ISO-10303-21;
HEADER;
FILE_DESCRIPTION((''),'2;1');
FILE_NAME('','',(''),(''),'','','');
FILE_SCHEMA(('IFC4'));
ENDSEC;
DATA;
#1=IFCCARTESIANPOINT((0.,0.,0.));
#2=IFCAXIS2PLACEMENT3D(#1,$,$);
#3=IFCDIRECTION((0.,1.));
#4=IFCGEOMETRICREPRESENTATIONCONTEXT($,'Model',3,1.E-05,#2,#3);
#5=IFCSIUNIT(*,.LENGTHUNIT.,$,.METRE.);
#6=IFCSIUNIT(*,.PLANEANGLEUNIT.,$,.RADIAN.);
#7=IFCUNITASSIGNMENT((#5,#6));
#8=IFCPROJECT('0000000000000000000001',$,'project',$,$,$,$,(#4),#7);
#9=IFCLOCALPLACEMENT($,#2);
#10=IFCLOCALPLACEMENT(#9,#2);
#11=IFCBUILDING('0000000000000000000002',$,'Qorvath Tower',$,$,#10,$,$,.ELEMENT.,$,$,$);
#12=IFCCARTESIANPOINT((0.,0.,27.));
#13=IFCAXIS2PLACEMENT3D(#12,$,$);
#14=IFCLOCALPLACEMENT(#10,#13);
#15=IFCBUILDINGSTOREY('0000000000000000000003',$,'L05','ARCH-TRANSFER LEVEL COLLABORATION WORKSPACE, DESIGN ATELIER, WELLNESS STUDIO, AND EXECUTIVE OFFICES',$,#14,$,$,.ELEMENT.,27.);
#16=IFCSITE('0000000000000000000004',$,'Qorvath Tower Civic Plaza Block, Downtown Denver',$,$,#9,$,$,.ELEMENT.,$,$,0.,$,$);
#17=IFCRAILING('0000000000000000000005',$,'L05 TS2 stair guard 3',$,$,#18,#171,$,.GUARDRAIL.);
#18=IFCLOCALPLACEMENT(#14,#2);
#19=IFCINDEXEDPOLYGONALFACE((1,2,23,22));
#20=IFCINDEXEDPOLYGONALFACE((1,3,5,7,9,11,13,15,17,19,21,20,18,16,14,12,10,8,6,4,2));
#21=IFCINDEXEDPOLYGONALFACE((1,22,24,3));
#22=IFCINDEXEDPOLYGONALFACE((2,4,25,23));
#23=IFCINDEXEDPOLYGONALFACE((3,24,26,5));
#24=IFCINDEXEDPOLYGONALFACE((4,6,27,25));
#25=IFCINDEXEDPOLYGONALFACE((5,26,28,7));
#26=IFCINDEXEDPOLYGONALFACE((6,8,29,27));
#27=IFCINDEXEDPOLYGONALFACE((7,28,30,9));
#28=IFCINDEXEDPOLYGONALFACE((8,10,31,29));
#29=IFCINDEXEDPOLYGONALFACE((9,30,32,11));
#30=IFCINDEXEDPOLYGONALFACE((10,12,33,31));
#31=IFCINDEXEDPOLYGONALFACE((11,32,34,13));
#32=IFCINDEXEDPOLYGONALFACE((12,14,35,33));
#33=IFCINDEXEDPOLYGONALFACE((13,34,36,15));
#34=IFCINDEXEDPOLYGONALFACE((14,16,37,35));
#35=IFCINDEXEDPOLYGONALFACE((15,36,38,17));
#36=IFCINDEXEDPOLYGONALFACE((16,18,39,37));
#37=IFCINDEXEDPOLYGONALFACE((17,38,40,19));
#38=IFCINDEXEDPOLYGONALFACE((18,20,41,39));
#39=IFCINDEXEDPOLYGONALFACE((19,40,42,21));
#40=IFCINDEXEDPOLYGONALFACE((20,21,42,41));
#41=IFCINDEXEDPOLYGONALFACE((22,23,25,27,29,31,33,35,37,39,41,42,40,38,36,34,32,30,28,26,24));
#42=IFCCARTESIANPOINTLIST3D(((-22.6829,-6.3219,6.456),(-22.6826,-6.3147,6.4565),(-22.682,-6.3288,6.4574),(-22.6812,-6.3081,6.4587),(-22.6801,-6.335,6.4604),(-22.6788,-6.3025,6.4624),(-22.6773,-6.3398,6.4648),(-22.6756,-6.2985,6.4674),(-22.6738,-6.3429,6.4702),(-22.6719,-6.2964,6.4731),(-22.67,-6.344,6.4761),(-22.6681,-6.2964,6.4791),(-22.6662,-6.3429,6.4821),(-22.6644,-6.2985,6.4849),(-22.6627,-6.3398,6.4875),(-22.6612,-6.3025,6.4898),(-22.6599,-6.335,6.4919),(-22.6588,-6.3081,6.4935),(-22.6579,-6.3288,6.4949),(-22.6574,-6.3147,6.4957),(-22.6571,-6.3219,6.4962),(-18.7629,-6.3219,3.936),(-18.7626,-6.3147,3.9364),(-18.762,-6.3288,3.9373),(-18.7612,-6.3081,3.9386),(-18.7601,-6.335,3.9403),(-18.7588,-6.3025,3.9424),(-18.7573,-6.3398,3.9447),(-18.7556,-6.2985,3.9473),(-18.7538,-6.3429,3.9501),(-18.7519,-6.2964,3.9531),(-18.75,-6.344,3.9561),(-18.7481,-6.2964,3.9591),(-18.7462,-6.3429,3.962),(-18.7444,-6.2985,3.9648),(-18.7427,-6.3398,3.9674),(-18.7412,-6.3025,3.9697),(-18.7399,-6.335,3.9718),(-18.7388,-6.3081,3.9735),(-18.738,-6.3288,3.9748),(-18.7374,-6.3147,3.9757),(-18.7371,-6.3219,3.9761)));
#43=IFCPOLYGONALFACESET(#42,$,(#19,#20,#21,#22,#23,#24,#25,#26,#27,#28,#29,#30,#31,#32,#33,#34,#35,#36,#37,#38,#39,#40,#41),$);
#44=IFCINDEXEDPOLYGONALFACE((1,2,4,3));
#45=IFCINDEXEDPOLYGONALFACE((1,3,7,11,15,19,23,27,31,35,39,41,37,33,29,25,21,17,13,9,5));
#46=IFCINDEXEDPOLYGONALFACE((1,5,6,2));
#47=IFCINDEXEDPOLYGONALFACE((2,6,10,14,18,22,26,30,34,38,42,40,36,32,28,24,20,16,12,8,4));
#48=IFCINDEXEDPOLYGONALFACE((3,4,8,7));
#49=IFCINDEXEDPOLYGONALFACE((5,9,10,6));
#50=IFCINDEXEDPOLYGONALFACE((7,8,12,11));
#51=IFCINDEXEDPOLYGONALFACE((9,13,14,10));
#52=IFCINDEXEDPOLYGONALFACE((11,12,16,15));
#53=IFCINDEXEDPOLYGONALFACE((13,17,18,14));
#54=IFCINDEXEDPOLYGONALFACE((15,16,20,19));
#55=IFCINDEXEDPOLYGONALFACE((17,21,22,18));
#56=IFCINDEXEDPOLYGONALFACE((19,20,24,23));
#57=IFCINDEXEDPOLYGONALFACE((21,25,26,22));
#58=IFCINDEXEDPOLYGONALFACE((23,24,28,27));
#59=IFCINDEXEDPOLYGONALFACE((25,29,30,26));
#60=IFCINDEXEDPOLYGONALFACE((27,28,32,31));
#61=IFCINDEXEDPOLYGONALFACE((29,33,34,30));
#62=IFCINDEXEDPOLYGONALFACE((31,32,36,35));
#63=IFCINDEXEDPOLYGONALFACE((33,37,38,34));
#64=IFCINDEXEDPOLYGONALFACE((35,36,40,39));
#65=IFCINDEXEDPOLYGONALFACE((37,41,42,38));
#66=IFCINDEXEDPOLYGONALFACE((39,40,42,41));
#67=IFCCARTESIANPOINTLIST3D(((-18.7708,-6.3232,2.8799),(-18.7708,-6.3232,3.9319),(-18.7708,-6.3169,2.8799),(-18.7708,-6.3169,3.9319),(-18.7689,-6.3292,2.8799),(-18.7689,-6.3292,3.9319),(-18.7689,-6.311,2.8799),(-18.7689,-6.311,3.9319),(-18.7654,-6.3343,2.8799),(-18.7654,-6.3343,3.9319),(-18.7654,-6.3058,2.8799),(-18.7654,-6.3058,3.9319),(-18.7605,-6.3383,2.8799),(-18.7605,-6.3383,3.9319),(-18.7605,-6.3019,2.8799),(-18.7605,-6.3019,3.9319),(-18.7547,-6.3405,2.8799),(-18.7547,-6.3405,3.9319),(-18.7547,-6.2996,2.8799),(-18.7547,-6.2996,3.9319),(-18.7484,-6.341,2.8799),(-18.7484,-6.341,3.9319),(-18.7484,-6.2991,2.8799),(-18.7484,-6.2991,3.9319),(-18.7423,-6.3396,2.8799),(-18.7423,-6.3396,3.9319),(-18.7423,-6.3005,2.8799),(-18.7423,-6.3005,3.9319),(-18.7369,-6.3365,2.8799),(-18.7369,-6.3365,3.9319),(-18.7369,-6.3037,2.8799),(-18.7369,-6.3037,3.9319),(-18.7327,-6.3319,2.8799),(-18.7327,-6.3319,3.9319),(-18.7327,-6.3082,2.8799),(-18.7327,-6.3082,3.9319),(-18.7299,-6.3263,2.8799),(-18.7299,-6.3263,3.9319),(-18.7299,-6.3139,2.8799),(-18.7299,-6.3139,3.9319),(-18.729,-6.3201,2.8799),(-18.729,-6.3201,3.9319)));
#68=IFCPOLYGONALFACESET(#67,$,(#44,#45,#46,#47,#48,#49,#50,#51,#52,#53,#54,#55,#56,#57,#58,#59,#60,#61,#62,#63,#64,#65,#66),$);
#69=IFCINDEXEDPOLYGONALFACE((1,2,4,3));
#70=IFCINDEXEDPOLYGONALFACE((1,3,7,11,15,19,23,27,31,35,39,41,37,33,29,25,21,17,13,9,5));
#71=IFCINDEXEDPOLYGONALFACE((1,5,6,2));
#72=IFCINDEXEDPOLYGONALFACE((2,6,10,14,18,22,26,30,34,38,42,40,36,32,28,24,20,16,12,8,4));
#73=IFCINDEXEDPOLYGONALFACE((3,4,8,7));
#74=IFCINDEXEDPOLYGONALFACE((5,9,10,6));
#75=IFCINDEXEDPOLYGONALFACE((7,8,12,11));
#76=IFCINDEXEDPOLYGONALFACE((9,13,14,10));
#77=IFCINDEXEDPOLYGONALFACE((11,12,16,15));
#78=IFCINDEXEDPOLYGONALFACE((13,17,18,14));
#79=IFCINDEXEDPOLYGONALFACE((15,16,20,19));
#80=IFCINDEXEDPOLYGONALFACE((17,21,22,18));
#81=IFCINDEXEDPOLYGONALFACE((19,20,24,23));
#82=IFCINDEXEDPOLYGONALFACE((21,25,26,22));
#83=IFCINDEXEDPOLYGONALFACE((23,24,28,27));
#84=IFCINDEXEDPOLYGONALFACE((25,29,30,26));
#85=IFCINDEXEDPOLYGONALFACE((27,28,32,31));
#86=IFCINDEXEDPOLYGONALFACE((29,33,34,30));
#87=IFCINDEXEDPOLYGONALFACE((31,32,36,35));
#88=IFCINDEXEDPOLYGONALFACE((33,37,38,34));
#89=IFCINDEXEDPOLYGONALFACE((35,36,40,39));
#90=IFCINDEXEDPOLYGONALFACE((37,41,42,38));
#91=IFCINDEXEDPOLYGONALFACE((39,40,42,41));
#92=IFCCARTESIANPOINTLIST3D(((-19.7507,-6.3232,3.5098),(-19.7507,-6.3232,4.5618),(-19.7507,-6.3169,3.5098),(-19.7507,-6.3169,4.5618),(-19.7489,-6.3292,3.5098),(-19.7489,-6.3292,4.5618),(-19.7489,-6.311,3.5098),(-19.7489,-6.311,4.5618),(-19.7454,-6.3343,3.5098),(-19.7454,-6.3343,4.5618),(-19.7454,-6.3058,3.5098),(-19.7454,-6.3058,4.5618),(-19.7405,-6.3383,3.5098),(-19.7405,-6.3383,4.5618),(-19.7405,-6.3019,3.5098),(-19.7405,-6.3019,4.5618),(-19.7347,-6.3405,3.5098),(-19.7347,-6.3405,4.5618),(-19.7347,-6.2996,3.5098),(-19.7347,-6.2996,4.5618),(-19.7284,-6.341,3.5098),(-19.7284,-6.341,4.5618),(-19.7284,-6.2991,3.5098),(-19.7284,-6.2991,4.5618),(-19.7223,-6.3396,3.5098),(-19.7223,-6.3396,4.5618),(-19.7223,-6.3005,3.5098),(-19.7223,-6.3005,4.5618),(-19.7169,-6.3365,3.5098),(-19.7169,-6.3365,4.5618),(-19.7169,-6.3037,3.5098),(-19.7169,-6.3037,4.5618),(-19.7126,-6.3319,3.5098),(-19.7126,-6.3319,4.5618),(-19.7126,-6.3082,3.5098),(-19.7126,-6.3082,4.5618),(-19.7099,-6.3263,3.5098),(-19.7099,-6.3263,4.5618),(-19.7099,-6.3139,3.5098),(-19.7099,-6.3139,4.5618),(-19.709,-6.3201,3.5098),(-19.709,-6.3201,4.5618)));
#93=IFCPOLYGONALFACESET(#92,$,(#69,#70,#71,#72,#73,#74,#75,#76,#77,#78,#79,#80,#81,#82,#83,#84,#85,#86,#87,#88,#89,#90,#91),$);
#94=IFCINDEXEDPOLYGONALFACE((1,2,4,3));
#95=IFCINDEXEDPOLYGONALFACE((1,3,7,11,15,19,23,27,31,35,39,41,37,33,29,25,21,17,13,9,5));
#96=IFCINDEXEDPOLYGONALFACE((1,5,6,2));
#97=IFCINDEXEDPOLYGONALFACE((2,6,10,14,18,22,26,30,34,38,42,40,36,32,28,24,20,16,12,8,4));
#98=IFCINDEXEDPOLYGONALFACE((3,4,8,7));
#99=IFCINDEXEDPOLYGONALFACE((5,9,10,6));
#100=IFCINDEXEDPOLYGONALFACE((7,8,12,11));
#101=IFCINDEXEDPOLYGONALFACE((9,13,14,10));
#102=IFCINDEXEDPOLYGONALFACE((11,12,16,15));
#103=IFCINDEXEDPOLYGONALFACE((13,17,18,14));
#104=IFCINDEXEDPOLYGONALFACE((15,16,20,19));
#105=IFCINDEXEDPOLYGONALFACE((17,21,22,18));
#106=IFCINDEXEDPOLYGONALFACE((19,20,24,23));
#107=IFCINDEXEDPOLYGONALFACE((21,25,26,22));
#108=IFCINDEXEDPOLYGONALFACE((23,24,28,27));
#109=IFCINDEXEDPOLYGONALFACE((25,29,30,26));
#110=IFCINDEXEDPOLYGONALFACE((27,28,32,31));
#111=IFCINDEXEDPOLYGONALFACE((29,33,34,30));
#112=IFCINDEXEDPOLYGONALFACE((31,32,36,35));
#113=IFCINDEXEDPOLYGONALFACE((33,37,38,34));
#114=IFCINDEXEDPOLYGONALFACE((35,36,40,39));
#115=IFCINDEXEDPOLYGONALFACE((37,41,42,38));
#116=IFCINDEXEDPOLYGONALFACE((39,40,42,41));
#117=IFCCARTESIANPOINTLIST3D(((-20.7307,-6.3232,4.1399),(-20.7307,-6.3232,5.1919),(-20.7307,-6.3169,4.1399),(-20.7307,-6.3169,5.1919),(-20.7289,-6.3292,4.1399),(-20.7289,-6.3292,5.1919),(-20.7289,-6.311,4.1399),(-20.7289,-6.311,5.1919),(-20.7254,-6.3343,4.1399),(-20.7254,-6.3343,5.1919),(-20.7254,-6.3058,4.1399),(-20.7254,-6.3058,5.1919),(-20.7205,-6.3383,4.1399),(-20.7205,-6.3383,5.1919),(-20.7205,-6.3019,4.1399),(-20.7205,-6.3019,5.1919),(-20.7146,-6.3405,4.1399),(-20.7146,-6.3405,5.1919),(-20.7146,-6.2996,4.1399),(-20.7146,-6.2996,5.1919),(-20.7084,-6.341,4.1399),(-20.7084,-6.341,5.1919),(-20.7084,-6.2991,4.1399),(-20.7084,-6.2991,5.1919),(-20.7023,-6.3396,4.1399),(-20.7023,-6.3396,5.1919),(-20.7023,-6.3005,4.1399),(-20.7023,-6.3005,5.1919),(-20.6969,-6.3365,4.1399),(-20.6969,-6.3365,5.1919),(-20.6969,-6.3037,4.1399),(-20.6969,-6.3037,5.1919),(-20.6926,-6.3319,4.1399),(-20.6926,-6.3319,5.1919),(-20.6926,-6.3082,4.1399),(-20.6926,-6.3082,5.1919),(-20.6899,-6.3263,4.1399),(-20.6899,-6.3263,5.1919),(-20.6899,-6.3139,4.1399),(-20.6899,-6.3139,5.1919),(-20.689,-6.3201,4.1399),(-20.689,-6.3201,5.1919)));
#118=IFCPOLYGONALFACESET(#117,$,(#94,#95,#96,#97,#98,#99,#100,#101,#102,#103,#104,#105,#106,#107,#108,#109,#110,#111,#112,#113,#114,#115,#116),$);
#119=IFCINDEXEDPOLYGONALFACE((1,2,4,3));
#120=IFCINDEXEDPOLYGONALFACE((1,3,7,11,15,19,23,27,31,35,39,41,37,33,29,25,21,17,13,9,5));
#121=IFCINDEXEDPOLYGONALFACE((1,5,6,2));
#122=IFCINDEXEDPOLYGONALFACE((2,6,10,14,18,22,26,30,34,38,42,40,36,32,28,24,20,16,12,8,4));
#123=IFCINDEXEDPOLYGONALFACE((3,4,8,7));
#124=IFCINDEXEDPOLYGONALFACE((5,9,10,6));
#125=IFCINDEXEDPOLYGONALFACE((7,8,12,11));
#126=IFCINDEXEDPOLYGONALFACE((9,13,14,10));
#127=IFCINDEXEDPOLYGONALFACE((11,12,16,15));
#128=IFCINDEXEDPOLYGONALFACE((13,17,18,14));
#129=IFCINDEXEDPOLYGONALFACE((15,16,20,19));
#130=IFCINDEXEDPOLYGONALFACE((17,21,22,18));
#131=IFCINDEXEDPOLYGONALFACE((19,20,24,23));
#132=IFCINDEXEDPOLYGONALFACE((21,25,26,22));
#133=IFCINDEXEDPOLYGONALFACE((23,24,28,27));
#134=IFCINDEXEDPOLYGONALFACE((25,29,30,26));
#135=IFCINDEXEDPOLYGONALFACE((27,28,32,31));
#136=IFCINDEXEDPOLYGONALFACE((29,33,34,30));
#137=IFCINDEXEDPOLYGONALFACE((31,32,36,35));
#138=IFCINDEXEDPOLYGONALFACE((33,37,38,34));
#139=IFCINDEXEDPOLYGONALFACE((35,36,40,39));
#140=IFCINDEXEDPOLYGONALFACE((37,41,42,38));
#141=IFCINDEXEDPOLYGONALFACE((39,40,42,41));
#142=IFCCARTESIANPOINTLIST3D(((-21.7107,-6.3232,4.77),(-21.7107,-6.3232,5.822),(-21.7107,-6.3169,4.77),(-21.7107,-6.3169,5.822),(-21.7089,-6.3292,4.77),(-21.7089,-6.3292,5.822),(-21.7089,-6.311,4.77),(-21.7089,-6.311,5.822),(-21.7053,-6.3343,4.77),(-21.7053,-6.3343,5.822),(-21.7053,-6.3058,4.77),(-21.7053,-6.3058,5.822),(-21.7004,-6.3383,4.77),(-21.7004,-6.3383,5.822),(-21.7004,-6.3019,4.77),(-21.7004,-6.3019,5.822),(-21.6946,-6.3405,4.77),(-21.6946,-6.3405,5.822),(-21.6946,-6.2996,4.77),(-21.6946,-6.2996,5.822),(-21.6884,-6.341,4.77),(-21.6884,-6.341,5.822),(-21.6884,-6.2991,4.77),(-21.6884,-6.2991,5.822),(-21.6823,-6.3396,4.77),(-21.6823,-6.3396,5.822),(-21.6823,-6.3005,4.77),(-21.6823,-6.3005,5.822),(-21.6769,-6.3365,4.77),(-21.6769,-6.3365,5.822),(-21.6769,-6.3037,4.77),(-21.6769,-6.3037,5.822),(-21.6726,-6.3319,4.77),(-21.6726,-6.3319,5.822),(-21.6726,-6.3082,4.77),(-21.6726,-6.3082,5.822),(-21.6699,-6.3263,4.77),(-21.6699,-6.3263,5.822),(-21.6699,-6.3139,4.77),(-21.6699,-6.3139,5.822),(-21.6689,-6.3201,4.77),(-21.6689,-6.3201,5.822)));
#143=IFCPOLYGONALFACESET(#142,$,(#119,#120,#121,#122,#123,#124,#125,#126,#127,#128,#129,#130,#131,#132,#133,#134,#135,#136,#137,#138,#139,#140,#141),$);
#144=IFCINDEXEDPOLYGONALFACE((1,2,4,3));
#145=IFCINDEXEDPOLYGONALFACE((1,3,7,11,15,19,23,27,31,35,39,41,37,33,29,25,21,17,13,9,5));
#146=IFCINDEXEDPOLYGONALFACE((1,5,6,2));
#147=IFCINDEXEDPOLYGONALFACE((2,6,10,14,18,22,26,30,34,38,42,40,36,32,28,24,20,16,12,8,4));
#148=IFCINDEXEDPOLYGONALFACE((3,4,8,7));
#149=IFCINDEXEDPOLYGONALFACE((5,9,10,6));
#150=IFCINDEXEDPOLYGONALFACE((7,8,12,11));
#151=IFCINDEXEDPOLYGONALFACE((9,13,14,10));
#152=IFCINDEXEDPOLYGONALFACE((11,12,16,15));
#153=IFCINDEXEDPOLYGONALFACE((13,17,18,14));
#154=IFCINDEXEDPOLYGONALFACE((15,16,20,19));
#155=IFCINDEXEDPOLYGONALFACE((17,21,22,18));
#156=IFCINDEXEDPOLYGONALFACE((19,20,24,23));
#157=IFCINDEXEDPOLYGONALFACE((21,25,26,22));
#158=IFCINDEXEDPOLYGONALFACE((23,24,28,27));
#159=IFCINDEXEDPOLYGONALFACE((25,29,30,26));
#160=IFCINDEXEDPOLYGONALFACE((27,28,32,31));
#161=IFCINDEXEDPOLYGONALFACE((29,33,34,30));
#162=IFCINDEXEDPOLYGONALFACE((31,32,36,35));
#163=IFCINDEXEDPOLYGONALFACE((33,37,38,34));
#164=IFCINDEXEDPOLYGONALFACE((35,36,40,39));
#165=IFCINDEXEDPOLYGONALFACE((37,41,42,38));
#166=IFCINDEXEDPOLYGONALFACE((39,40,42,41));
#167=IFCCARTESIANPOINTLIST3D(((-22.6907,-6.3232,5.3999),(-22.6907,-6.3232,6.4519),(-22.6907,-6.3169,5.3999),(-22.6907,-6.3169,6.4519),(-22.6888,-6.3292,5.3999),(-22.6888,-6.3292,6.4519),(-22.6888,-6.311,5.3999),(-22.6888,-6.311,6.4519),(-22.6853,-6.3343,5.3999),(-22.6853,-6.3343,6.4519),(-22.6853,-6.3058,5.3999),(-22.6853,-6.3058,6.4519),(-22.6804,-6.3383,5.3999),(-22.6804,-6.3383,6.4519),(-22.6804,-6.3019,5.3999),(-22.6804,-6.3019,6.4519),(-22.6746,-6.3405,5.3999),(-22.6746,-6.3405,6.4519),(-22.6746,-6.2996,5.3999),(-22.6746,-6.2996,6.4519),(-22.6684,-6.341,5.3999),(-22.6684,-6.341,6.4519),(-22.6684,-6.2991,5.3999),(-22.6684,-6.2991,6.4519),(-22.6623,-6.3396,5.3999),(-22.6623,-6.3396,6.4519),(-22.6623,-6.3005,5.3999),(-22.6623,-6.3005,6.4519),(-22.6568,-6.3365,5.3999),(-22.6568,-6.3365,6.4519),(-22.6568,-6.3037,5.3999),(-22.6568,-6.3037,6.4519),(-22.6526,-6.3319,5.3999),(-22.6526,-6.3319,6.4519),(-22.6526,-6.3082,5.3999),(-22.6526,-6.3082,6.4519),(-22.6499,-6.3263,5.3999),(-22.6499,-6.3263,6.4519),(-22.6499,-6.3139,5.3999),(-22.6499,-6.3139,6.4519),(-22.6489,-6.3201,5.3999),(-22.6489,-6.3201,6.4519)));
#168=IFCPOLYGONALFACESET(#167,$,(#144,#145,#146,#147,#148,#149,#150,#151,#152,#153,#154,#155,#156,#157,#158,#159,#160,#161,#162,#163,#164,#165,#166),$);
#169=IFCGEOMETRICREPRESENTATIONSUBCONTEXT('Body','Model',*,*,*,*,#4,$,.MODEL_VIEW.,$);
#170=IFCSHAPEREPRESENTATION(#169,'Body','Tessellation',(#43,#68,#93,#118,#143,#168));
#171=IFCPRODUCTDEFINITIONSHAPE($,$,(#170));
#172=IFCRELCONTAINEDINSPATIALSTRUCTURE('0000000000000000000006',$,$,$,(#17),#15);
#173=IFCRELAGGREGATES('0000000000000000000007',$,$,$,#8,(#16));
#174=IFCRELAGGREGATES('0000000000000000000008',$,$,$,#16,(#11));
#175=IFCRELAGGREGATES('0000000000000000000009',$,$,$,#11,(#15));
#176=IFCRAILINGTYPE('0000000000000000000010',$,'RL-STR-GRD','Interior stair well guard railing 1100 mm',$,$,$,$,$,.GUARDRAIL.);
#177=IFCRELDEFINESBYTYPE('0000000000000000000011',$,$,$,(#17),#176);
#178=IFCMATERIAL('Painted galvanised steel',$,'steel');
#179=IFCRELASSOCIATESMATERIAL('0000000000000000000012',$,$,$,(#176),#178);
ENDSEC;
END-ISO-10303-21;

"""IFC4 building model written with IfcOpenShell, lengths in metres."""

from ifc_helpers import new_model, si_unit, direction, frame, origin, origin_2d, place, context, subcontext, project, spatial, circle, extrude, material, type_object, element, save


model = new_model("IFC4")

# Units and contexts
model_context = context("Model", 3, precision=1e-05, world=origin(), true_north=direction((0.0, 1.0)))
body_context = subcontext(model_context, "Body", "Model", "MODEL_VIEW")
ifc_project = project(units=[si_unit("LENGTHUNIT", "METRE"), si_unit("PLANEANGLEUNIT", "RADIAN")], contexts=[model_context])

# Site, building, storey
site_placement = place(None, origin())
site = spatial("IfcSite", under=ifc_project, at=site_placement, Name="Qorvath Tower Civic Plaza Block, Downtown Denver", CompositionType="ELEMENT", RefElevation=0.0)
building_placement = place(site_placement, origin())
building = spatial("IfcBuilding", under=site, at=building_placement, Name="Qorvath Tower", CompositionType="ELEMENT")
storey_placement = place(building_placement, frame((0.0, 0.0, 27.0)))
storey = spatial("IfcBuildingStorey", under=building, at=storey_placement, Name="L05", Description="ARCH-TRANSFER LEVEL COLLABORATION WORKSPACE, DESIGN ATELIER, WELLNESS STUDIO, AND EXECUTIVE OFFICES", CompositionType="ELEMENT", Elevation=27.0)

# Railing
ifc_material_1 = material(Name="Painted galvanised steel", Category="steel")
railing_type_1 = type_object("IfcRailingType", Name="RL-STR-GRD", Description="Interior stair well guard railing 1100 mm", PredefinedType="GUARDRAIL", material=ifc_material_1)
railing_1_placement = place(storey_placement, frame((-18.75, -6.3201, 2.8799)))
element("IfcRailing", 1, at=railing_1_placement, inside=storey, type_object=railing_type_1, Name="L05 TS2 stair guard 3", PredefinedType="GUARDRAIL", context=body_context, shape_type="SweptSolid", body=[
    extrude(circle(Radius=0.0239, at=origin_2d()), frame((0.0, 0.0, 1.0762), z_axis=(-0.841172, 0.0, 0.540768), x_axis=(0.0, -1.0, 0.0)), (0.0, 0.0, 1.0), 4.6602),
    extrude(circle(Radius=0.021, at=origin_2d()), origin(), (0.0, 0.0, 1.0), 1.052),
    extrude(circle(Radius=0.021, at=origin_2d()), frame((-0.98, 0.0, 0.6299)), (0.0, 0.0, 1.0), 1.052),
    extrude(circle(Radius=0.021, at=origin_2d()), frame((-1.96, 0.0, 1.26)), (0.0, 0.0, 1.0), 1.052),
    extrude(circle(Radius=0.021, at=origin_2d()), frame((-2.9399, 0.0, 1.8901)), (0.0, 0.0, 1.0), 1.052),
    extrude(circle(Radius=0.021, at=origin_2d()), frame((-3.9199, 0.0, 2.52)), (0.0, 0.0, 1.0), 1.052),
])

save(model, "model.ifc")
